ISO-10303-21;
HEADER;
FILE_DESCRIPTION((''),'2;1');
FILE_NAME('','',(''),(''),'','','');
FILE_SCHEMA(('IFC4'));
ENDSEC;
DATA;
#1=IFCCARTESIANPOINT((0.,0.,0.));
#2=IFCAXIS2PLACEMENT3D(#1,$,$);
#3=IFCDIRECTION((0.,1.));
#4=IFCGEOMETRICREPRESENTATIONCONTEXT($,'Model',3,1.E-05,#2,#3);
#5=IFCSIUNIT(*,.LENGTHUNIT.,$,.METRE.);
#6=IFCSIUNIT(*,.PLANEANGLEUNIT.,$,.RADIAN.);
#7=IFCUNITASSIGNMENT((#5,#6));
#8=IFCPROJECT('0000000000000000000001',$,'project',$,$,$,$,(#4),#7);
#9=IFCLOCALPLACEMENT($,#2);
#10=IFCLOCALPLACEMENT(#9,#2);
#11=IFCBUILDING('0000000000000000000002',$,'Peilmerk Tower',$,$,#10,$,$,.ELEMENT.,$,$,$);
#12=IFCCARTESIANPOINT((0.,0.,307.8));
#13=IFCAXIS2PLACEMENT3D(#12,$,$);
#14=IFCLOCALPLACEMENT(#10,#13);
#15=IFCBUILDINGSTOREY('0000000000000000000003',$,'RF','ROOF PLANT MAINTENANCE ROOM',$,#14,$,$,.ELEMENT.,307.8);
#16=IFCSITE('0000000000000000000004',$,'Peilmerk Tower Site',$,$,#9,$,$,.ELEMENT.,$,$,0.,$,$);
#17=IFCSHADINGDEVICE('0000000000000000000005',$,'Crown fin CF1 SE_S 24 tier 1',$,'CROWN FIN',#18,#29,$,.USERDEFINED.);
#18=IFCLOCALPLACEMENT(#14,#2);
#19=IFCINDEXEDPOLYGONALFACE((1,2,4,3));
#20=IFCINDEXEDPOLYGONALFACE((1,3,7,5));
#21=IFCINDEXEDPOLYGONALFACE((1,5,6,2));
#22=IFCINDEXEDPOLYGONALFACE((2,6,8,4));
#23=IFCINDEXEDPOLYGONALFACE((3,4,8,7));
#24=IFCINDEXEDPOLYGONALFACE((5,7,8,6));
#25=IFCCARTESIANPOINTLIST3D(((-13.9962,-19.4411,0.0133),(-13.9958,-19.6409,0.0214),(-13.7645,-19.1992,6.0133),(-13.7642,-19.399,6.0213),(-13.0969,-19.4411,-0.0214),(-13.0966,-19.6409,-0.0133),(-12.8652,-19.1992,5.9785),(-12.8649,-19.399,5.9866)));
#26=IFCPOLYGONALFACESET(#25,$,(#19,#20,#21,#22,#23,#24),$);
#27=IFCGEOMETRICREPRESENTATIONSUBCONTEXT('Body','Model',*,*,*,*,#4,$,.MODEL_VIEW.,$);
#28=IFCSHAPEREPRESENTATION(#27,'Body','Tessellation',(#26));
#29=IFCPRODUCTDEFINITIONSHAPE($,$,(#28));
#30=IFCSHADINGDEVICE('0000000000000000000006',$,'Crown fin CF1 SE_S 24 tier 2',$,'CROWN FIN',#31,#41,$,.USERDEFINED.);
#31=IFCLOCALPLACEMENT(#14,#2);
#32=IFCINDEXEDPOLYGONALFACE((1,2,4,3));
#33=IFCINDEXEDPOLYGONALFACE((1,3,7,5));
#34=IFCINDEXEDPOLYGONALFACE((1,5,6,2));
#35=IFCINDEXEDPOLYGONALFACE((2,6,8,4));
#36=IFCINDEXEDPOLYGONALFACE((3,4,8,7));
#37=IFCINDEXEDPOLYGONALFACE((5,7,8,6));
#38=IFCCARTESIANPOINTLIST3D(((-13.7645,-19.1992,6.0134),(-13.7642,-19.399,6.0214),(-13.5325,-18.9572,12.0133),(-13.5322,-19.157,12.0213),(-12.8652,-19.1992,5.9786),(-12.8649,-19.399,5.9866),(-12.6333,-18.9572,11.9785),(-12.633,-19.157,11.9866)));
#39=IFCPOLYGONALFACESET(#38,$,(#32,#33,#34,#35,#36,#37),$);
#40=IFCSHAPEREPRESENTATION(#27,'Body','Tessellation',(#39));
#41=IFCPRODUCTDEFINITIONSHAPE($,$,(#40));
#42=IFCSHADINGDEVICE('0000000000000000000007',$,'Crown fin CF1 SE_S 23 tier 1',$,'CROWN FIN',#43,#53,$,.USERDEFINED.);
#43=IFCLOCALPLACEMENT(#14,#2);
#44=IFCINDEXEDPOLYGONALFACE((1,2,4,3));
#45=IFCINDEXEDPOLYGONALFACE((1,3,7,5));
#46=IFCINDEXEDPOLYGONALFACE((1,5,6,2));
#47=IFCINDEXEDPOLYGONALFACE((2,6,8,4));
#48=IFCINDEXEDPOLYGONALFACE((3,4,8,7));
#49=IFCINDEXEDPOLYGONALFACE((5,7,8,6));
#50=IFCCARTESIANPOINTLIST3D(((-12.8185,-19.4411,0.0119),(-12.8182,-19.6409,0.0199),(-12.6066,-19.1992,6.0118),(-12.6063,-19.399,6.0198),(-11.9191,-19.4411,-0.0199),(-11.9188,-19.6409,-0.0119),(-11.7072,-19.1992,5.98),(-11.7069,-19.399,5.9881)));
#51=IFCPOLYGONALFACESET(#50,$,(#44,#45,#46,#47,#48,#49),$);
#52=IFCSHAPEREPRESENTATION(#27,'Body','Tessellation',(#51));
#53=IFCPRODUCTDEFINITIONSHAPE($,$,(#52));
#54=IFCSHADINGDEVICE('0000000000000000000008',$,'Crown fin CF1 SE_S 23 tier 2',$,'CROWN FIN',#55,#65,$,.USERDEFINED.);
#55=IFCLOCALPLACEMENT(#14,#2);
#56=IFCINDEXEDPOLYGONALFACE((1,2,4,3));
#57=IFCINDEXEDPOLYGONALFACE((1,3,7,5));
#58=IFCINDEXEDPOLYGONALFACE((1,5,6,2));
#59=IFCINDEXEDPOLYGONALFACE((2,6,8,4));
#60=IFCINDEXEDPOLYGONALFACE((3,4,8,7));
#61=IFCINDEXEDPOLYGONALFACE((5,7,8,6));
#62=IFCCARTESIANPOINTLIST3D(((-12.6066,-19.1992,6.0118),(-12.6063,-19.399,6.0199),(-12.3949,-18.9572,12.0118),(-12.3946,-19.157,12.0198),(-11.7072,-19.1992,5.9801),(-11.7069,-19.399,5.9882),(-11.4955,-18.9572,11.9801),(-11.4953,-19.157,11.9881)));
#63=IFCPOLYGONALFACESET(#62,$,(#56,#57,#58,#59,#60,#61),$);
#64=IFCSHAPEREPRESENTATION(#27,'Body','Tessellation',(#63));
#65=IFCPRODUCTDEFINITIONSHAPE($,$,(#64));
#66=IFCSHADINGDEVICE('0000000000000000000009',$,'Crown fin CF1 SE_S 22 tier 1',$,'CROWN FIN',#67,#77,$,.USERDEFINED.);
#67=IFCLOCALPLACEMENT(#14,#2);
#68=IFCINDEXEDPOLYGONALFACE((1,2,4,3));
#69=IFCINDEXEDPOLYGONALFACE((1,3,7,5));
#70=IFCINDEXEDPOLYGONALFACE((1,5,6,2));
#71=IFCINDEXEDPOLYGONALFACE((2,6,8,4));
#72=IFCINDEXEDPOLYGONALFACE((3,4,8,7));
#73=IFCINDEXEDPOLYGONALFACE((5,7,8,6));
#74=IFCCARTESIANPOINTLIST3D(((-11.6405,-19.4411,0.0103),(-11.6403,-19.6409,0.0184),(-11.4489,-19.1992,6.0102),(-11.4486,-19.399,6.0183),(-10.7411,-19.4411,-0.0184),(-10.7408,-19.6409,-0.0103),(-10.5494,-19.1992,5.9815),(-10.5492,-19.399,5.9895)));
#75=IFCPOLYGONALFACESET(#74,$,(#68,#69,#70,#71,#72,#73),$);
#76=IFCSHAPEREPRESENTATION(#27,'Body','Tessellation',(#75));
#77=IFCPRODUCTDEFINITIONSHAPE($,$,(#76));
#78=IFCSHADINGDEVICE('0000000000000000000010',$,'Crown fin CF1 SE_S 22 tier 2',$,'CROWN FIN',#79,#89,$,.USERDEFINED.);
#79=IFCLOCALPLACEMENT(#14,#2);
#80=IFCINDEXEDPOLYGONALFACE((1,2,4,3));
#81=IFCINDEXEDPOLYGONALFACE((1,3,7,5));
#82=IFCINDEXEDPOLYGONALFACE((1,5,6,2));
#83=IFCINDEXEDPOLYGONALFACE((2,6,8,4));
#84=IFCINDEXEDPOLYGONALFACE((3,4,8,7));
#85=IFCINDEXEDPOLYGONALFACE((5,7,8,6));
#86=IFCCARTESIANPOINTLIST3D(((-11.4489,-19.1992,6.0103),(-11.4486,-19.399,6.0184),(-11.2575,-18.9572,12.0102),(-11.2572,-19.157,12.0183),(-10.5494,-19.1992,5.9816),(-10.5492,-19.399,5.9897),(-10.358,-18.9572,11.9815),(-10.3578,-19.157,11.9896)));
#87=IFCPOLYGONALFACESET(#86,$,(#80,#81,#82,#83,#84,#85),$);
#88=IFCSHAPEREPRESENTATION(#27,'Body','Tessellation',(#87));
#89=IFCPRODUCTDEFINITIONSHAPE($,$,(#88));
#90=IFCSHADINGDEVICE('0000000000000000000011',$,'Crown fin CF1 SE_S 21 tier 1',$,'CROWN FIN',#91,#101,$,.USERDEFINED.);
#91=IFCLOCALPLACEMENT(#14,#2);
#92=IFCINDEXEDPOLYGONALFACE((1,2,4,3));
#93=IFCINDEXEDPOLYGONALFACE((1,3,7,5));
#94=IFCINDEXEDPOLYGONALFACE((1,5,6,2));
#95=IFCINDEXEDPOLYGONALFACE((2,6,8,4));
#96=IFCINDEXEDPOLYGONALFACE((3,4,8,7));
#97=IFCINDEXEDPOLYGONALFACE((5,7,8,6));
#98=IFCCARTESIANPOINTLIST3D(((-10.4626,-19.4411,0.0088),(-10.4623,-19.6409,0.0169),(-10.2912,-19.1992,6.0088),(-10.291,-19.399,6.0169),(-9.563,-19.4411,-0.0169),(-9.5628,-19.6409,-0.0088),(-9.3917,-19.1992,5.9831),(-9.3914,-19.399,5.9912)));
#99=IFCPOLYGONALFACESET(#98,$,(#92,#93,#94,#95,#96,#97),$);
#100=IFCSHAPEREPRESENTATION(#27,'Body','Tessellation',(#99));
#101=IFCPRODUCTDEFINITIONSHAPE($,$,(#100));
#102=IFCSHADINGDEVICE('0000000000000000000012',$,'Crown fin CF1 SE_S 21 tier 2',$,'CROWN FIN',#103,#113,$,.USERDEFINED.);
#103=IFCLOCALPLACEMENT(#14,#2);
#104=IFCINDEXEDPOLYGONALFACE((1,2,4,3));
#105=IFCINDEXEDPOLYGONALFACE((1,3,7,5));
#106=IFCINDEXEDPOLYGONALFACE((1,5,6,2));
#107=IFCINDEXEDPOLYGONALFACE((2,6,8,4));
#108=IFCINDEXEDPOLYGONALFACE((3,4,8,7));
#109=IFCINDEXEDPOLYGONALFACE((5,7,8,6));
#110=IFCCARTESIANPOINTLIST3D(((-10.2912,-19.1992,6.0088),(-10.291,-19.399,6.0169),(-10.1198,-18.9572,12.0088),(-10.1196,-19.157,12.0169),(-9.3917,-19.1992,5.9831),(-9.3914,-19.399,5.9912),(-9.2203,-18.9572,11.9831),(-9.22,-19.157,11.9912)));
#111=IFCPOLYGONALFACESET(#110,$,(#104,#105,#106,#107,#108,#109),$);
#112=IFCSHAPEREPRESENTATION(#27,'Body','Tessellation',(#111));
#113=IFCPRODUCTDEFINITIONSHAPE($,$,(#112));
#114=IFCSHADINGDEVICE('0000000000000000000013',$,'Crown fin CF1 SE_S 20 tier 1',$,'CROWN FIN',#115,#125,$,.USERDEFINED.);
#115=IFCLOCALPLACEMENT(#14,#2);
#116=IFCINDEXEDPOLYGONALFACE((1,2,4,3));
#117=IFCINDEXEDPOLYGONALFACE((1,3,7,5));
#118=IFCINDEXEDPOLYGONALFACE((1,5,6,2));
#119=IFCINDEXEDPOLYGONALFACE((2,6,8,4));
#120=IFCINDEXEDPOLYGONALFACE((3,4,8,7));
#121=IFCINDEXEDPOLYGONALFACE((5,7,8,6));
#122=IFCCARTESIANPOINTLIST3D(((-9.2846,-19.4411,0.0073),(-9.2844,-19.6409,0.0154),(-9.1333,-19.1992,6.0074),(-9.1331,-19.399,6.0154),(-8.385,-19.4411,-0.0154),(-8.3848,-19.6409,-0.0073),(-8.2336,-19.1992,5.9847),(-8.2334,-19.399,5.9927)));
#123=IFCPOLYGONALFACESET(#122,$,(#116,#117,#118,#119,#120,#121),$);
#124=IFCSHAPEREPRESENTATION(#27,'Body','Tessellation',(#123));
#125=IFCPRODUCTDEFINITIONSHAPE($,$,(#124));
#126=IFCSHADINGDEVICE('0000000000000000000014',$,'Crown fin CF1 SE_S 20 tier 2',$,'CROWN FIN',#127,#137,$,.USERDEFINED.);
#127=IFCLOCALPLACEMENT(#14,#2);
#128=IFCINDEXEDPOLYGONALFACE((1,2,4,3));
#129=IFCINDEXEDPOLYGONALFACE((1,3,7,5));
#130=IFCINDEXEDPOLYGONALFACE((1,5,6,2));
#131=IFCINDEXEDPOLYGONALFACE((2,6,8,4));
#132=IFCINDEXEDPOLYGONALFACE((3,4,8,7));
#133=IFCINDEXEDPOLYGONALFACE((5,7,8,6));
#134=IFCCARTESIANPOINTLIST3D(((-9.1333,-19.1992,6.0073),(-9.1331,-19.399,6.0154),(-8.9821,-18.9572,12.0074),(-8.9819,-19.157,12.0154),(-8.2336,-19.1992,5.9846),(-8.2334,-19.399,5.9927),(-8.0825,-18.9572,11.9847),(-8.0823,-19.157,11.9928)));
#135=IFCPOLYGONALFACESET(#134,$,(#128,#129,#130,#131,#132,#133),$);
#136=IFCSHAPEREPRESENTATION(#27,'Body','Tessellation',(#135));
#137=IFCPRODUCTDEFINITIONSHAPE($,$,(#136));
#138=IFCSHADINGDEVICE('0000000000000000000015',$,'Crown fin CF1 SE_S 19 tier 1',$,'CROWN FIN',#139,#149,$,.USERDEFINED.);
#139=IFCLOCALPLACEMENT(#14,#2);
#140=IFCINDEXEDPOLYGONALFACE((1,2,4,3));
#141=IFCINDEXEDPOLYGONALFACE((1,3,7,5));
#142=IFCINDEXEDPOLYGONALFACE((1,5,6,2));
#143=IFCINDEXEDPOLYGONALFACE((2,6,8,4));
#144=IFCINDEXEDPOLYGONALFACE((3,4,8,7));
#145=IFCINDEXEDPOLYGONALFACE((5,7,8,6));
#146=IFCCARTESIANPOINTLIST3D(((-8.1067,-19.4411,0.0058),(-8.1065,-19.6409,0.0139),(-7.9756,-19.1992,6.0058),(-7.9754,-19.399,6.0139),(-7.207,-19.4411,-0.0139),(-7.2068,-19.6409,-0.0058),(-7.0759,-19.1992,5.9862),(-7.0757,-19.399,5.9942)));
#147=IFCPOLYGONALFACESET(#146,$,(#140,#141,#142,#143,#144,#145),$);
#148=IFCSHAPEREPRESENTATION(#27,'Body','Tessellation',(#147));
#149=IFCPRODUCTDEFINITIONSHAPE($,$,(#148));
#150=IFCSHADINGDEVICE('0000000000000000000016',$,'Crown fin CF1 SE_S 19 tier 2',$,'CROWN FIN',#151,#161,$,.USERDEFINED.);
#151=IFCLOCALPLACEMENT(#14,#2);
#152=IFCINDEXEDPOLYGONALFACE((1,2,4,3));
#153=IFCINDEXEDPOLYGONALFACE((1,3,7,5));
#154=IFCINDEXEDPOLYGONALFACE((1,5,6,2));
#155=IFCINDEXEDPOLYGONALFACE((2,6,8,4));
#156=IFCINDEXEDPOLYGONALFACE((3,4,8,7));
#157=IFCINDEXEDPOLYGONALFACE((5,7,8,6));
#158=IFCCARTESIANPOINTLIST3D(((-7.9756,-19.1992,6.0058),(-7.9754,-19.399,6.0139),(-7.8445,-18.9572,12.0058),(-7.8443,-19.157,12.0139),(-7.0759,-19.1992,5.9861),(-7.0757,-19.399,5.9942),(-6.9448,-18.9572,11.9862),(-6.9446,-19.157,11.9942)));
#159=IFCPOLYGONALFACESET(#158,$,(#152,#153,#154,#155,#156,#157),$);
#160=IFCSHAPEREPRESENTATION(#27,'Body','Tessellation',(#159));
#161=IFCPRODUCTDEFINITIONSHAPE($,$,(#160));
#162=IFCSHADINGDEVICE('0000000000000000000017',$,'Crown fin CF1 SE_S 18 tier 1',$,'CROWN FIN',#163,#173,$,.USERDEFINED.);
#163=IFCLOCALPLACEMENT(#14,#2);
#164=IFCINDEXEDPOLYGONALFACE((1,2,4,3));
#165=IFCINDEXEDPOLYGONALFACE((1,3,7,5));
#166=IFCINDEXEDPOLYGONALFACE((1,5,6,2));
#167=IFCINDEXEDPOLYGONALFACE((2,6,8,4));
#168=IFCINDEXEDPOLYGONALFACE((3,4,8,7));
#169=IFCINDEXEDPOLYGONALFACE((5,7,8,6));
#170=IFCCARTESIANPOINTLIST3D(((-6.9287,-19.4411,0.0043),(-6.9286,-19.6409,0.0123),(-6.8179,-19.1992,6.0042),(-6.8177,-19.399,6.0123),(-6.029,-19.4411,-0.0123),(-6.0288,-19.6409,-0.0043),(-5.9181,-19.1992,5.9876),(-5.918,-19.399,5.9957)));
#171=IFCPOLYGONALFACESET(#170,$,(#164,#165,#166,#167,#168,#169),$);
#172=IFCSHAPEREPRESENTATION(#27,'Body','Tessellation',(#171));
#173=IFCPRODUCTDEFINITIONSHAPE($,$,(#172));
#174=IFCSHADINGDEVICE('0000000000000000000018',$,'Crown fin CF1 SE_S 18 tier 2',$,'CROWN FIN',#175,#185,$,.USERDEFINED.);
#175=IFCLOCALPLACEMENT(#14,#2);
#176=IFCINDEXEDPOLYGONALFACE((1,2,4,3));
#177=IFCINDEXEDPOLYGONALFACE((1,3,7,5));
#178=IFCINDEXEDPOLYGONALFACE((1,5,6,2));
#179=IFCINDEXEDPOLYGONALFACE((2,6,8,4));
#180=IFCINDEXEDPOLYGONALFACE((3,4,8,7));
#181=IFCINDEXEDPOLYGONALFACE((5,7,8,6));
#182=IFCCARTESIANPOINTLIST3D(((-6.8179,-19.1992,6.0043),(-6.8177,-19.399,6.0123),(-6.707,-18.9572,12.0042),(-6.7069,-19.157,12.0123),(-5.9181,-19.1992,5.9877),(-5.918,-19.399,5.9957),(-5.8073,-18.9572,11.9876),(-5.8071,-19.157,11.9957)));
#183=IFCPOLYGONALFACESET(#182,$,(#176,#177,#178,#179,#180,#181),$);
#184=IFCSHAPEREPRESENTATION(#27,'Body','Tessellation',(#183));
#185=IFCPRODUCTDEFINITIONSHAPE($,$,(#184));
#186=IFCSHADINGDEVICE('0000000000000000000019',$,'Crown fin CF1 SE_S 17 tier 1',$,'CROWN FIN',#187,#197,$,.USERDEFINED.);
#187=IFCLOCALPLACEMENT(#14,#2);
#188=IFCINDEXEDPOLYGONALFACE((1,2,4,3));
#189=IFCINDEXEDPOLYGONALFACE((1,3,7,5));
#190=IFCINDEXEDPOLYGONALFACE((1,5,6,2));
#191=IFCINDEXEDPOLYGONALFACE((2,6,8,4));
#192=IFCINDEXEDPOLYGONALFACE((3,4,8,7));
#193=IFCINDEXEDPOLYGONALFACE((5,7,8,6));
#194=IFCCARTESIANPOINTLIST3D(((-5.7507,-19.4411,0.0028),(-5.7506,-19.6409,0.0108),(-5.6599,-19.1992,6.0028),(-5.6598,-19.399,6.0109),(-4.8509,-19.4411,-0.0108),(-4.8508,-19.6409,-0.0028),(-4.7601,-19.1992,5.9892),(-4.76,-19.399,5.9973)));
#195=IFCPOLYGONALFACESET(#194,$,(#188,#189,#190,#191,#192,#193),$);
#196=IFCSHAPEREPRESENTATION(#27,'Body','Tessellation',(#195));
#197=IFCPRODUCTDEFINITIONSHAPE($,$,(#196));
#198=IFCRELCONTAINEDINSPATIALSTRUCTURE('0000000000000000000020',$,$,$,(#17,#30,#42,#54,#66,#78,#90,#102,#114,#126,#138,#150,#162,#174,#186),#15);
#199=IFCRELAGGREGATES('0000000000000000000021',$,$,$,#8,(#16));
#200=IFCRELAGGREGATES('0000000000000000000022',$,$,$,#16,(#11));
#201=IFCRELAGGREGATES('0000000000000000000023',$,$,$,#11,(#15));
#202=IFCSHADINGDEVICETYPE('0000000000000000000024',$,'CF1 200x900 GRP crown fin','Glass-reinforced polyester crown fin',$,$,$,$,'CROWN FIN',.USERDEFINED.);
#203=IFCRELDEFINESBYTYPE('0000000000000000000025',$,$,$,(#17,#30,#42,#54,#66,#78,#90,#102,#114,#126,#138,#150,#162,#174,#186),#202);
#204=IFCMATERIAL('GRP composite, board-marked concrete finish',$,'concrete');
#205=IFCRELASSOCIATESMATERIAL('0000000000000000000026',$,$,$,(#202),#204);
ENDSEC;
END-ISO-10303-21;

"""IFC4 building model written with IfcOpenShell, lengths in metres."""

from ifc_helpers import new_model, si_unit, direction, frame, origin, origin_2d, place, context, subcontext, project, spatial, rectangle, extrude, source, transform, mapped, material, material_profile, profile_set, type_object, element, save


model = new_model("IFC4")

# Units and contexts
model_context = context("Model", 3, precision=1e-05, world=origin(), true_north=direction((0.0, 1.0)))
body_context = subcontext(model_context, "Body", "Model", "MODEL_VIEW")
ifc_project = project(units=[si_unit("LENGTHUNIT", "METRE"), si_unit("PLANEANGLEUNIT", "RADIAN")], contexts=[model_context])

# Site, building, storey
site_placement = place(None, origin())
site = spatial("IfcSite", under=ifc_project, at=site_placement, Name="Peilmerk Tower Site", CompositionType="ELEMENT", RefElevation=0.0)
building_placement = place(site_placement, origin())
building = spatial("IfcBuilding", under=site, at=building_placement, Name="Peilmerk Tower", CompositionType="ELEMENT")
storey_placement = place(building_placement, frame((0.0, 0.0, 307.8)))
storey = spatial("IfcBuildingStorey", under=building, at=storey_placement, Name="RF", Description="ROOF PLANT MAINTENANCE ROOM", CompositionType="ELEMENT", Elevation=307.8)

# Shading devices
ifc_material_1 = material(Name="GRP composite, board-marked concrete finish", Category="concrete")
ifc_material_profile = material_profile(ifc_material_1, rectangle(XDim=0.2, YDim=0.8999, at=origin_2d()), Name="CF1 200x900")
ifc_profile_set = profile_set([ifc_material_profile], Name="GRP composite, board-marked concrete finish")
shading_device_type = type_object("IfcShadingDeviceType", Name="CF1 200x900 GRP crown fin", Description="Glass-reinforced polyester crown fin", ElementType="CROWN FIN", PredefinedType="USERDEFINED", material=ifc_profile_set)
shared_shape_1 = source(origin(), body_context, "Body", "SweptSolid", [
    extrude(rectangle(XDim=0.2, YDim=0.8999, at=origin_2d()), origin(), (0.0, 0.0, 1.0), 6.0093),
])
for number, where, z_axis, x_axis, name in (
    (1, (-13.5464, -19.541, 0.0), (0.038555, 0.040261, 0.998445), (0.001554, -0.999189, 0.040231), "Crown fin CF1 SE_S 24 tier 1"),
    (2, (-13.3147, -19.2991, 6.0), (0.038595, 0.040261, 0.998444), (0.001555, -0.999189, 0.040231), "Crown fin CF1 SE_S 24 tier 2"),
):
    element("IfcShadingDevice", number, at=place(storey_placement, frame(where, z_axis=z_axis, x_axis=x_axis)), inside=storey, type_object=shading_device_type, Name=name, ObjectType="CROWN FIN", PredefinedType="USERDEFINED", context=body_context, shape_type="MappedRepresentation", body=[
        mapped(shared_shape_1, transform((0.0, 0.0, 0.0), scale=1.0)),
    ])
shared_shape_2 = source(origin(), body_context, "Body", "SweptSolid", [
    extrude(rectangle(XDim=0.2, YDim=0.8999, at=origin_2d()), origin(), (0.0, 0.0, 1.0), 6.0085),
])
for number, where, z_axis, x_axis, name in (
    (3, (-12.3687, -19.541, 0.0), (0.035268, 0.040266, 0.998566), (0.001421, -0.999189, 0.040241), "Crown fin CF1 SE_S 23 tier 1"),
    (4, (-12.1567, -19.2991, 6.0), (0.035228, 0.040266, 0.998568), (0.00142, -0.999189, 0.040241), "Crown fin CF1 SE_S 23 tier 2"),
):
    element("IfcShadingDevice", number, at=place(storey_placement, frame(where, z_axis=z_axis, x_axis=x_axis)), inside=storey, type_object=shading_device_type, Name=name, ObjectType="CROWN FIN", PredefinedType="USERDEFINED", context=body_context, shape_type="MappedRepresentation", body=[
        mapped(shared_shape_2, transform((0.0, 0.0, 0.0), scale=1.0)),
    ])
shared_shape_3 = source(origin(), body_context, "Body", "SweptSolid", [
    extrude(rectangle(XDim=0.2, YDim=0.8999, at=origin_2d()), origin(), (0.0, 0.0, 1.0), 6.0078),
])
for number, where, z_axis, x_axis, name in (
    (5, (-11.1907, -19.541, 0.0), (0.0319, 0.040271, 0.998679), (0.001286, -0.999189, 0.04025), "Crown fin CF1 SE_S 22 tier 1"),
    (6, (-10.999, -19.2991, 6.0), (0.031859, 0.040271, 0.998681), (0.001284, -0.999189, 0.04025), "Crown fin CF1 SE_S 22 tier 2"),
):
    element("IfcShadingDevice", number, at=place(storey_placement, frame(where, z_axis=z_axis, x_axis=x_axis)), inside=storey, type_object=shading_device_type, Name=name, ObjectType="CROWN FIN", PredefinedType="USERDEFINED", context=body_context, shape_type="MappedRepresentation", body=[
        mapped(shared_shape_3, transform((0.0, 0.0, 0.0), scale=1.0)),
    ])
shared_shape_4 = source(origin(), body_context, "Body", "SweptSolid", [
    extrude(rectangle(XDim=0.2, YDim=0.8999, at=origin_2d()), origin(), (0.0, 0.0, 1.0), 6.0073),
])
for number, where, z_axis, x_axis, name in (
    (7, (-10.0127, -19.541, 0.0), (0.02853, 0.040275, 0.998781), (0.00115, -0.999189, 0.040258), "Crown fin CF1 SE_S 21 tier 1"),
    (8, (-9.8413, -19.2991, 6.0), (0.02853, 0.040275, 0.998781), (0.00115, -0.999189, 0.040258), "Crown fin CF1 SE_S 21 tier 2"),
):
    element("IfcShadingDevice", number, at=place(storey_placement, frame(where, z_axis=z_axis, x_axis=x_axis)), inside=storey, type_object=shading_device_type, Name=name, ObjectType="CROWN FIN", PredefinedType="USERDEFINED", context=body_context, shape_type="MappedRepresentation", body=[
        mapped(shared_shape_4, transform((0.0, 0.0, 0.0), scale=1.0)),
    ])
shared_shape_5 = source(origin(), body_context, "Body", "SweptSolid", [
    extrude(rectangle(XDim=0.2, YDim=0.8999, at=origin_2d()), origin(), (0.0, 0.0, 1.0), 6.0068),
])
for number, where, z_axis, x_axis, name in (
    (9, (-8.8347, -19.541, 0.0), (0.025199, 0.040278, 0.998871), (0.001016, -0.999188, 0.040266), "Crown fin CF1 SE_S 20 tier 1"),
    (10, (-8.6833, -19.2991, 6.0), (0.025159, 0.040278, 0.998872), (0.001014, -0.999188, 0.040266), "Crown fin CF1 SE_S 20 tier 2"),
):
    element("IfcShadingDevice", number, at=place(storey_placement, frame(where, z_axis=z_axis, x_axis=x_axis)), inside=storey, type_object=shading_device_type, Name=name, ObjectType="CROWN FIN", PredefinedType="USERDEFINED", context=body_context, shape_type="MappedRepresentation", body=[
        mapped(shared_shape_5, transform((0.0, 0.0, 0.0), scale=1.0)),
    ])
shared_shape_6 = source(origin(), body_context, "Body", "SweptSolid", [
    extrude(rectangle(XDim=0.2, YDim=0.8999, at=origin_2d()), origin(), (0.0, 0.0, 1.0), 6.0063),
])
for number, where, z_axis, x_axis, name in (
    (11, (-7.6567, -19.541, 0.0), (0.021828, 0.040282, 0.99895), (0.00088, -0.999188, 0.040272), "Crown fin CF1 SE_S 19 tier 1"),
    (12, (-7.5256, -19.2991, 6.0), (0.021828, 0.040282, 0.99895), (0.00088, -0.999188, 0.040272), "Crown fin CF1 SE_S 19 tier 2"),
):
    element("IfcShadingDevice", number, at=place(storey_placement, frame(where, z_axis=z_axis, x_axis=x_axis)), inside=storey, type_object=shading_device_type, Name=name, ObjectType="CROWN FIN", PredefinedType="USERDEFINED", context=body_context, shape_type="MappedRepresentation", body=[
        mapped(shared_shape_6, transform((0.0, 0.0, 0.0), scale=1.0)),
    ])
shared_shape_7 = source(origin(), body_context, "Body", "SweptSolid", [
    extrude(rectangle(XDim=0.2, YDim=0.8999, at=origin_2d()), origin(), (0.0, 0.0, 1.0), 6.0059),
])
for number, where, z_axis, x_axis, name in (
    (13, (-6.4788, -19.541, 0.0), (0.018455, 0.040284, 0.999018), (0.000744, -0.999188, 0.040277), "Crown fin CF1 SE_S 18 tier 1"),
    (14, (-6.3679, -19.2991, 6.0), (0.018455, 0.040284, 0.999018), (0.000744, -0.999188, 0.040277), "Crown fin CF1 SE_S 18 tier 2"),
):
    element("IfcShadingDevice", number, at=place(storey_placement, frame(where, z_axis=z_axis, x_axis=x_axis)), inside=storey, type_object=shading_device_type, Name=name, ObjectType="CROWN FIN", PredefinedType="USERDEFINED", context=body_context, shape_type="MappedRepresentation", body=[
        mapped(shared_shape_7, transform((0.0, 0.0, 0.0), scale=1.0)),
    ])
shared_shape_8 = source(origin(), body_context, "Body", "SweptSolid", [
    extrude(rectangle(XDim=0.2, YDim=0.8999, at=origin_2d()), origin(), (0.0, 0.0, 1.0), 6.0056),
])
for number, where, z_axis, x_axis, name in (
    (15, (-5.3008, -19.541, 0.0), (0.015123, 0.040287, 0.999074), (0.00061, -0.999188, 0.040282), "Crown fin CF1 SE_S 17 tier 1"),
):
    element("IfcShadingDevice", number, at=place(storey_placement, frame(where, z_axis=z_axis, x_axis=x_axis)), inside=storey, type_object=shading_device_type, Name=name, ObjectType="CROWN FIN", PredefinedType="USERDEFINED", context=body_context, shape_type="MappedRepresentation", body=[
        mapped(shared_shape_8, transform((0.0, 0.0, 0.0), scale=1.0)),
    ])

save(model, "model.ifc")
